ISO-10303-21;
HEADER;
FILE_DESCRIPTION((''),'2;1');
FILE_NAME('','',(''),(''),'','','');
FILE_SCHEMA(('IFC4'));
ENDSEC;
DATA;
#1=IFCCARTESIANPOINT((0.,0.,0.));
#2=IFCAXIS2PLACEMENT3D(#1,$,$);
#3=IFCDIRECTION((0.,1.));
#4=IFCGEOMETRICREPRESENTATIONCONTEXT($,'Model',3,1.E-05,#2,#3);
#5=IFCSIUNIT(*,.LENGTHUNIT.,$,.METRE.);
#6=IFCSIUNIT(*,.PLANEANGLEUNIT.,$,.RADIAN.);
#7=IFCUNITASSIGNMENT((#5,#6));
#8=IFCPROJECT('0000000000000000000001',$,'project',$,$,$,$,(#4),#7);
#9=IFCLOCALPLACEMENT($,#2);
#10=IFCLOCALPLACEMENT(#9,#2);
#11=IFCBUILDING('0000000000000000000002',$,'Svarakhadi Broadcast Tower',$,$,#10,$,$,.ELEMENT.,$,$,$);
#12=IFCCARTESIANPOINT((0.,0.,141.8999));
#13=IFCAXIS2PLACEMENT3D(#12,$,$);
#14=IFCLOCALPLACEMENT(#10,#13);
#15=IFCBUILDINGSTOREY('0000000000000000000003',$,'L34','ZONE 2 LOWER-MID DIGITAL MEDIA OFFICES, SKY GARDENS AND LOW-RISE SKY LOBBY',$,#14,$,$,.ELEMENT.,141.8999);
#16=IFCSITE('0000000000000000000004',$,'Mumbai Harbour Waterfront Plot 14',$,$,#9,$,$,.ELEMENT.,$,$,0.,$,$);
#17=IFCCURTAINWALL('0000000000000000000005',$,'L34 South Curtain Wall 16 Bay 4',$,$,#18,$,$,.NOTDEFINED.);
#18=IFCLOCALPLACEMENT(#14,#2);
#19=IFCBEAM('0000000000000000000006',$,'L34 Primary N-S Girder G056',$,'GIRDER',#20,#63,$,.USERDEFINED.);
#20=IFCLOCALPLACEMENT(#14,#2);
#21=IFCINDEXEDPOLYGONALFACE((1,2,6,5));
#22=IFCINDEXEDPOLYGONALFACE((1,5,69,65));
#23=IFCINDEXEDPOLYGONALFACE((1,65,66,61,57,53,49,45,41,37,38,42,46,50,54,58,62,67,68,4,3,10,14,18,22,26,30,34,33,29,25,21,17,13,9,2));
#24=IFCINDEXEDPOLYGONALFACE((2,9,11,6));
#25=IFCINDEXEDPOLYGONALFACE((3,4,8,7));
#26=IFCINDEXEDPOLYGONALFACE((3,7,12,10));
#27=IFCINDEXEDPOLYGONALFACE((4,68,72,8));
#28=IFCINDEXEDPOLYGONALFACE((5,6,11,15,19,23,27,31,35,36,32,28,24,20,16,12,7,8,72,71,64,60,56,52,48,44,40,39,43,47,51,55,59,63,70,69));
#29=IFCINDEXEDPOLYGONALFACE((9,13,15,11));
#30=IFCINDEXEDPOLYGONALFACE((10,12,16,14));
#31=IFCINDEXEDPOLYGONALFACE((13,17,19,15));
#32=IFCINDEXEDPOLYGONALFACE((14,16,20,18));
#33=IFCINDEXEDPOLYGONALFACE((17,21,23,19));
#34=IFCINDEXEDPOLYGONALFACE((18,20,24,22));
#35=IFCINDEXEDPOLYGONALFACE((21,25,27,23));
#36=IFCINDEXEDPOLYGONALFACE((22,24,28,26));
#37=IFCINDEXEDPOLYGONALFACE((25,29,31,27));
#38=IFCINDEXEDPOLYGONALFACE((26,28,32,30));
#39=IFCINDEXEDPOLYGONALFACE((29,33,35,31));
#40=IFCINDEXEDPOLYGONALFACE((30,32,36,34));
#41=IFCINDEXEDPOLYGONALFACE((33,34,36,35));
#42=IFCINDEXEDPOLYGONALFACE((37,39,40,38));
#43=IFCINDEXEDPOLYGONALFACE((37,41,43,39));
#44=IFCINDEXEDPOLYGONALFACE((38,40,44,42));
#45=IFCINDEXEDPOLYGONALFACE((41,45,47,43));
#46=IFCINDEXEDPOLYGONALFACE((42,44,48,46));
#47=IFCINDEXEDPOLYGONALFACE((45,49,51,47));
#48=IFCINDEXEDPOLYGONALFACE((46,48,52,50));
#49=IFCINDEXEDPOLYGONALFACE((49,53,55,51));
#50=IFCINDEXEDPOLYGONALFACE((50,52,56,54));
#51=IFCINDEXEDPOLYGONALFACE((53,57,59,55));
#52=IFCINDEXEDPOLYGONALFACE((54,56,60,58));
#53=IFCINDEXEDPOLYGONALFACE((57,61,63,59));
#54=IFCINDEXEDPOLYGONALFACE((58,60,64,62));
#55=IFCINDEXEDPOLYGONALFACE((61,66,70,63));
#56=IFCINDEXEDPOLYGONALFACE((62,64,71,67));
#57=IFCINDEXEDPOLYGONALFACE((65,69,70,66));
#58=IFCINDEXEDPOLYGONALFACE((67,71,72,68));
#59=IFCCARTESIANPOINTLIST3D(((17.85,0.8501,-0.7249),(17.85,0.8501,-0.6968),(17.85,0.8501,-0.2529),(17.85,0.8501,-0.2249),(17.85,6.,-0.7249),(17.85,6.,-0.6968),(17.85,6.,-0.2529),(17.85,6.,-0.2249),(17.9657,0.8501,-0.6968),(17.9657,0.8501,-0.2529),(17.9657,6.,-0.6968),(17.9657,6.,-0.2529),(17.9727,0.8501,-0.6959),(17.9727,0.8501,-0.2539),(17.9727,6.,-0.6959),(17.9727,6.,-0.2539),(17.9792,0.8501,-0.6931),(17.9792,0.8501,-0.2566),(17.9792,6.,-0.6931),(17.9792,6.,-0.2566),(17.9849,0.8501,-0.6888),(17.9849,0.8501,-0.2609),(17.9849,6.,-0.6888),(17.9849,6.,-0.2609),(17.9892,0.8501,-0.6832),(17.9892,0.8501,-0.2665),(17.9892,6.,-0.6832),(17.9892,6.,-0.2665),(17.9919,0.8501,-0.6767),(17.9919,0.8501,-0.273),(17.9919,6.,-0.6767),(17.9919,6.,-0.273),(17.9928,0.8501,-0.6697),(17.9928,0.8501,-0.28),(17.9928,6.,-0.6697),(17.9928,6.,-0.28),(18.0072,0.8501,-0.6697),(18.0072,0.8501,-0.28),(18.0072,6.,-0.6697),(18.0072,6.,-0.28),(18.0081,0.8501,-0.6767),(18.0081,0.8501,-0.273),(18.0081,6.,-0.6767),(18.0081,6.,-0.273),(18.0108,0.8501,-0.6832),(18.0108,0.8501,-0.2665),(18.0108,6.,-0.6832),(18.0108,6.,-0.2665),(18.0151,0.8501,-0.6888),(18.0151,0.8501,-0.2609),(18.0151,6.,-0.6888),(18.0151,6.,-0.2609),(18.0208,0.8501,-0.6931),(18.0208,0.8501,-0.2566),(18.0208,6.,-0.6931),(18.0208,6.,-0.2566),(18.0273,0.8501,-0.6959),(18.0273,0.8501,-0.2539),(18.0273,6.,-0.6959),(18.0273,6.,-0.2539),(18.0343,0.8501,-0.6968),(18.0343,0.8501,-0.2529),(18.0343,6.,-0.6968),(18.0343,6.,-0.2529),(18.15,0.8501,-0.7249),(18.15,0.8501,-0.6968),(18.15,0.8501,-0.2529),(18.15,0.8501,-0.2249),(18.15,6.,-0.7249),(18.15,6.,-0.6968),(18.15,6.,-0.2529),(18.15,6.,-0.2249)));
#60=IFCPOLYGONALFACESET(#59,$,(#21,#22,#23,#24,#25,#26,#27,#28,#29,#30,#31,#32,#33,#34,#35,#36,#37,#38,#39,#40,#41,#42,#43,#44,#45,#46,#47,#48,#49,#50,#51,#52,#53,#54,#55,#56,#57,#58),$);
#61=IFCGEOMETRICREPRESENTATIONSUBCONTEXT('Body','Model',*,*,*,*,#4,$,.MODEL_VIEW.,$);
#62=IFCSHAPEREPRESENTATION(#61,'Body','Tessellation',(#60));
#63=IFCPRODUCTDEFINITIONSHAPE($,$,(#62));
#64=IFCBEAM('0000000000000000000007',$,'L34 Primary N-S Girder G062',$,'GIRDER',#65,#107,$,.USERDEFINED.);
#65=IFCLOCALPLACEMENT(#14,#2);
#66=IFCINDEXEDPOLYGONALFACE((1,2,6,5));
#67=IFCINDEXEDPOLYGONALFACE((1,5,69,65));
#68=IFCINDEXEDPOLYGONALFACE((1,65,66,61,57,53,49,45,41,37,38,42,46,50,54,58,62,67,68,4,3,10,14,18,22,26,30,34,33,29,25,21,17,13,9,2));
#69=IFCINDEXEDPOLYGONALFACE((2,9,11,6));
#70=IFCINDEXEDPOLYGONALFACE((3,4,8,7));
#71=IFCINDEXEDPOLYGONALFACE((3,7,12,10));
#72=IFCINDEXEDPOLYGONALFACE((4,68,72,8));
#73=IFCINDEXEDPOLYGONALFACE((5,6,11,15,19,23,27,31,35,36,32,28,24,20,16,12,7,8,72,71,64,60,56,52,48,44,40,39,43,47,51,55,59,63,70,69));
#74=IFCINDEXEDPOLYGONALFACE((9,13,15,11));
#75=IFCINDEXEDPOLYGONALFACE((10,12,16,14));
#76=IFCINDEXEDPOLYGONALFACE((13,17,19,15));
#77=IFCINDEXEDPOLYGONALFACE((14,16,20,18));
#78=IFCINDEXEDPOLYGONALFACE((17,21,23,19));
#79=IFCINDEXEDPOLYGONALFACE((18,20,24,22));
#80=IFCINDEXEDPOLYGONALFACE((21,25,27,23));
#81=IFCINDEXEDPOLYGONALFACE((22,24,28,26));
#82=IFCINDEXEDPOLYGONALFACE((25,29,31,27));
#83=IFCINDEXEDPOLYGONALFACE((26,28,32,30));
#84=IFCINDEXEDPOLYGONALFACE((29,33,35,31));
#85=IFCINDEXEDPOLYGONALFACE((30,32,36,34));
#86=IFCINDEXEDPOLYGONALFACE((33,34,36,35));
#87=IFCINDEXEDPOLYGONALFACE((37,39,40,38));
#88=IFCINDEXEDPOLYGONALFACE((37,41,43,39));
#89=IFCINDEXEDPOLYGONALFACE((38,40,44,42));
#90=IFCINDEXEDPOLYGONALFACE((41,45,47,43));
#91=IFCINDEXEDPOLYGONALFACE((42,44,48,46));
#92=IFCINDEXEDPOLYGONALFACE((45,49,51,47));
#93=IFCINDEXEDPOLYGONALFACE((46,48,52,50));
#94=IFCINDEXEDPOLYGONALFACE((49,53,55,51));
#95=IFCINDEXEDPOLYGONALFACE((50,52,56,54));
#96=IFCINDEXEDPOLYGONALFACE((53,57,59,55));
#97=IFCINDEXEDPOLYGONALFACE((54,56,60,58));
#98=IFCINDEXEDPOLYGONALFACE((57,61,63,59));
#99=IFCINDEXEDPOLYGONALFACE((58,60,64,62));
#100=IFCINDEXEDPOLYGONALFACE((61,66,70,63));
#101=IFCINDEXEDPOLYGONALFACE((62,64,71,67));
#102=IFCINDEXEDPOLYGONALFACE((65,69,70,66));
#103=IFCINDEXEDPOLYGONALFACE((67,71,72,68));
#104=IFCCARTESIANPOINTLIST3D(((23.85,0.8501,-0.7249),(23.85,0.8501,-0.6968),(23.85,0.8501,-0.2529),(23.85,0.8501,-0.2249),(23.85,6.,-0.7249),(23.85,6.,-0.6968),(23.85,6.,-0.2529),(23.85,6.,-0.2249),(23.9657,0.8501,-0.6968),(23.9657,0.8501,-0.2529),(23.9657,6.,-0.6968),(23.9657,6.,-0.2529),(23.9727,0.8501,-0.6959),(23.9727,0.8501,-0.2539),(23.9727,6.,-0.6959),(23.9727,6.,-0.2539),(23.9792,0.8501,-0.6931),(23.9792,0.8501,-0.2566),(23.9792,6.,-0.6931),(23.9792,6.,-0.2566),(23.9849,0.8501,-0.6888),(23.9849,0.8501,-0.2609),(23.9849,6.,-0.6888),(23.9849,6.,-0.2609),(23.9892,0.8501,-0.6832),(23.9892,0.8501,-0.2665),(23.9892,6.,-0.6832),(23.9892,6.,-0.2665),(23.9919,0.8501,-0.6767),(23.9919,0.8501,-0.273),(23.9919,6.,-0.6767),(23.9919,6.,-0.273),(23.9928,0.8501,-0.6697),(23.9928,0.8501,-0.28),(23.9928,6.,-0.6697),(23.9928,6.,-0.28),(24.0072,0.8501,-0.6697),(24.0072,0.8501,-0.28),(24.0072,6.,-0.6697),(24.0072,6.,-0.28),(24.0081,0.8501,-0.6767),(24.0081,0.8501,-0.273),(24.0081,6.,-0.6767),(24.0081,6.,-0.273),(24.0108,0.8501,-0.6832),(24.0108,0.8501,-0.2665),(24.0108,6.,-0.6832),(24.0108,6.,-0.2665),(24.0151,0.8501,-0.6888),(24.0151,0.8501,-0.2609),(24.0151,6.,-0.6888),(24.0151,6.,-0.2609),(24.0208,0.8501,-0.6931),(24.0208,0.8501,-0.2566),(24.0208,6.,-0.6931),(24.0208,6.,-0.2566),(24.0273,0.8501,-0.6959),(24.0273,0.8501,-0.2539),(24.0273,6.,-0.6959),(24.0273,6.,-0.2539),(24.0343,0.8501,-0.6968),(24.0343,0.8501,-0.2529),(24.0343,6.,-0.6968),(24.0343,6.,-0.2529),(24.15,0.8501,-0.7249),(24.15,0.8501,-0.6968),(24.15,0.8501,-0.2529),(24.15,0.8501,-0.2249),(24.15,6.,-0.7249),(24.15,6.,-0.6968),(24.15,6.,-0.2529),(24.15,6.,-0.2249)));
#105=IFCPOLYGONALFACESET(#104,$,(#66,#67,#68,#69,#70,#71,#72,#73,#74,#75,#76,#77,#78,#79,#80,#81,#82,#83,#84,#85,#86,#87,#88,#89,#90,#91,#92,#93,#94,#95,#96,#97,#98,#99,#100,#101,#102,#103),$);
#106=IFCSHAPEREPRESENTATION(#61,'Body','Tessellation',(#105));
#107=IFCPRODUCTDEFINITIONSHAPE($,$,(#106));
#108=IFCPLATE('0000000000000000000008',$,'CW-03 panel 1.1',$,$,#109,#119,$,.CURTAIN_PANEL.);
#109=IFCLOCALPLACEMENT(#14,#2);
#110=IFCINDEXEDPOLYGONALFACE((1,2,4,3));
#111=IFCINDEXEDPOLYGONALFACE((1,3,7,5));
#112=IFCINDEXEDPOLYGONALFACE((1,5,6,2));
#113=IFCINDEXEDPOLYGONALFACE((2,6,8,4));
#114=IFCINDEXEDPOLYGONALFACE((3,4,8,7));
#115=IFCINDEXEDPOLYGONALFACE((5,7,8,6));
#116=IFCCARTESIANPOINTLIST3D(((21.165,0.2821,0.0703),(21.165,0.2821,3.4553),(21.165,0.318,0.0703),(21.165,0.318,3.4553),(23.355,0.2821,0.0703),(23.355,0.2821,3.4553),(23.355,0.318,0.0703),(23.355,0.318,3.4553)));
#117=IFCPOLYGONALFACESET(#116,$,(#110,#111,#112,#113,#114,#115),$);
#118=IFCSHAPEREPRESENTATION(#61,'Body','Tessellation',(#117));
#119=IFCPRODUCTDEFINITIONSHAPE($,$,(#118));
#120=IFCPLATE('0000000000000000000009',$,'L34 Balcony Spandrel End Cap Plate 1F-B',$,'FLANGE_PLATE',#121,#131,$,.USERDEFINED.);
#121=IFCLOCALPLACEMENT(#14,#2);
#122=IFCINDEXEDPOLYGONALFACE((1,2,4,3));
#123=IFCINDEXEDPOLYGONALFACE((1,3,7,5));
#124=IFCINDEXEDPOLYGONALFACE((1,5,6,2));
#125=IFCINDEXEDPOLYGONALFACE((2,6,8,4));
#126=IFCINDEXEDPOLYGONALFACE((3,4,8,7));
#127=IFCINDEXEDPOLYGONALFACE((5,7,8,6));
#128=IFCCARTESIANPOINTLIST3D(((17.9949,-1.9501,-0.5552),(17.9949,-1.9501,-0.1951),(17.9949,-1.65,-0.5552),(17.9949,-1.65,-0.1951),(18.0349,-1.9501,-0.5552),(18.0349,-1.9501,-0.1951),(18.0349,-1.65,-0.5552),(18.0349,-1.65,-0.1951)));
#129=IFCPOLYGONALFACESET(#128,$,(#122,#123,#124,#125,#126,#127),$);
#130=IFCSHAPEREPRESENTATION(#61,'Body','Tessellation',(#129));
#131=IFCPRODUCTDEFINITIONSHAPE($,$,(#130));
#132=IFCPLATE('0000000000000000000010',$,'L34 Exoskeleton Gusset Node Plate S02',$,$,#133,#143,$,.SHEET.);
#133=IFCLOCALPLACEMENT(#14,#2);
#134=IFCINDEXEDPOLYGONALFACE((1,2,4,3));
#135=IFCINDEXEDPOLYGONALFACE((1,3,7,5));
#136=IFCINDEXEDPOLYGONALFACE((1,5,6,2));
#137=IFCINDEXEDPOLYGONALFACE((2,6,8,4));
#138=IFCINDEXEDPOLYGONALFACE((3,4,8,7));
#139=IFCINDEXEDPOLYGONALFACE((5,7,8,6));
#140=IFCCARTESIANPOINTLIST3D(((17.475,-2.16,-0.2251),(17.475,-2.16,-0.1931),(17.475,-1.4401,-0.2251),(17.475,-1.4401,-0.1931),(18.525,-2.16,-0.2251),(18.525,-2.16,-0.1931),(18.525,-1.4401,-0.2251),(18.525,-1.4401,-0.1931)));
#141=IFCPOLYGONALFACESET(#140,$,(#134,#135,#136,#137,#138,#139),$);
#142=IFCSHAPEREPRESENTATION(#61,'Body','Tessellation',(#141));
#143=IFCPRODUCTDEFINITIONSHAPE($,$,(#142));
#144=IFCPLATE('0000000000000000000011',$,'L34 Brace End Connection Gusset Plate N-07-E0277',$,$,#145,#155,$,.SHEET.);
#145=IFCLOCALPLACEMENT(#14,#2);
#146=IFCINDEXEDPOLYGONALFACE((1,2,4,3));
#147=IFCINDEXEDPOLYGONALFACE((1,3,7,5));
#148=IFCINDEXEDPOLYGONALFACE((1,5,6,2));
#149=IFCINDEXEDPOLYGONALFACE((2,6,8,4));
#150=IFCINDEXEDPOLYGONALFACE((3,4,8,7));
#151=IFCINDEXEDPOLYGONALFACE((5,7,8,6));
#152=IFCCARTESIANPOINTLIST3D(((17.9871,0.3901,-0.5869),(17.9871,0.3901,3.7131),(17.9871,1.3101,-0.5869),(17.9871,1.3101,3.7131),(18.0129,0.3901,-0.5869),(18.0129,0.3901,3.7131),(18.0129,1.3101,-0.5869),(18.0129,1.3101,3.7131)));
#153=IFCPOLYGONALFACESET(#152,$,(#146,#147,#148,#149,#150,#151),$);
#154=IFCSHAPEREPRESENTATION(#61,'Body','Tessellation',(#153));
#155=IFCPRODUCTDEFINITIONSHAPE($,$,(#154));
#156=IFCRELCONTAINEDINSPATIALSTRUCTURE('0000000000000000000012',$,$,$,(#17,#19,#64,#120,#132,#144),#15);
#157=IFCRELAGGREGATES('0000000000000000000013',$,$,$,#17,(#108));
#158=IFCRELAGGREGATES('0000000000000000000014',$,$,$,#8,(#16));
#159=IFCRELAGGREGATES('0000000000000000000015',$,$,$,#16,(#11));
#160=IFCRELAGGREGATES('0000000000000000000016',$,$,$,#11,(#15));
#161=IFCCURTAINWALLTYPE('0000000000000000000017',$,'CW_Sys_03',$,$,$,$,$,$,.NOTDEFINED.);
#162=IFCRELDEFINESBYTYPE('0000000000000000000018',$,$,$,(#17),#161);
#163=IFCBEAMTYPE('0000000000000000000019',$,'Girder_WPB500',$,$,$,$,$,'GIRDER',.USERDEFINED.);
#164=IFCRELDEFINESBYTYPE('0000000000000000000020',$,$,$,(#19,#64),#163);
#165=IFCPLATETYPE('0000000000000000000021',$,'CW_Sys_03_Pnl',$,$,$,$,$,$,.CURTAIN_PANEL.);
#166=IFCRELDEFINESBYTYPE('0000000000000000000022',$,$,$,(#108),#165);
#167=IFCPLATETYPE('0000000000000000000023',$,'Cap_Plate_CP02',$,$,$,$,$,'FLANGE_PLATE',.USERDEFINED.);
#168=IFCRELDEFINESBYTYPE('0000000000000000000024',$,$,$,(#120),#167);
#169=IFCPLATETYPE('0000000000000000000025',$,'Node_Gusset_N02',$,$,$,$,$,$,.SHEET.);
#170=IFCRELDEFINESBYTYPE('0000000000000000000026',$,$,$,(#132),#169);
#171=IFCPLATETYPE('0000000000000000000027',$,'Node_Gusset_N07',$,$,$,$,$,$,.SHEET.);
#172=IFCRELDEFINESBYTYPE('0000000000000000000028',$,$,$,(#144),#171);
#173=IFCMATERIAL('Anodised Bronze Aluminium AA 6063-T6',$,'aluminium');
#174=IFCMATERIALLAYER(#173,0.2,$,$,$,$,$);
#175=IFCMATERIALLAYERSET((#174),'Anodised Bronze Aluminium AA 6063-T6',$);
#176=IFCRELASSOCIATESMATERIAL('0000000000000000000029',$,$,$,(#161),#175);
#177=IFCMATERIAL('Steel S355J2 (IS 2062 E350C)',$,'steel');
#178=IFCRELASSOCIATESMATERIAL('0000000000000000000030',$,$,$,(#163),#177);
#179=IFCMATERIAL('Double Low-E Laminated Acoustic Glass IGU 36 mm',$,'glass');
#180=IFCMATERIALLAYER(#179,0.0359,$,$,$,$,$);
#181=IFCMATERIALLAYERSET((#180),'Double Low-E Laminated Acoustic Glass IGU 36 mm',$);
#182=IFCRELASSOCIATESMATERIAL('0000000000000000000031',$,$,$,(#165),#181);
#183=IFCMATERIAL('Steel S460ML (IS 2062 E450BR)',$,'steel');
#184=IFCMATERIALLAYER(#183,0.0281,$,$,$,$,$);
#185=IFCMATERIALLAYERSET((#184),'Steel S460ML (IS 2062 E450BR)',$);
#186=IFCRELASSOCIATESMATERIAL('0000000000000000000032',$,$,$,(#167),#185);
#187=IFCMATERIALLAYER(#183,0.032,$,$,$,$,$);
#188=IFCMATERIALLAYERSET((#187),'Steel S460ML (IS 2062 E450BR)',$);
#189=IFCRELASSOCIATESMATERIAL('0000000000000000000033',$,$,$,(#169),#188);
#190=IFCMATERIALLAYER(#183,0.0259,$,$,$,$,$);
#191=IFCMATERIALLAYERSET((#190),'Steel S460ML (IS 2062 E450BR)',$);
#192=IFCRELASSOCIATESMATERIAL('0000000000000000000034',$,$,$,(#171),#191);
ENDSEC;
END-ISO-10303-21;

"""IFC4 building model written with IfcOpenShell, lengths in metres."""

from ifc_helpers import new_model, si_unit, direction, frame, origin, origin_2d, place, context, subcontext, project, spatial, rectangle, i_section, extrude, material, layer, layer_set, material_profile, profile_set, type_object, element, aggregate, save


model = new_model("IFC4")

# Units and contexts
model_context = context("Model", 3, precision=1e-05, world=origin(), true_north=direction((0.0, 1.0)))
body_context = subcontext(model_context, "Body", "Model", "MODEL_VIEW")
ifc_project = project(units=[si_unit("LENGTHUNIT", "METRE"), si_unit("PLANEANGLEUNIT", "RADIAN")], contexts=[model_context])

# Site, building, storey
site_placement = place(None, origin())
site = spatial("IfcSite", under=ifc_project, at=site_placement, Name="Mumbai Harbour Waterfront Plot 14", CompositionType="ELEMENT", RefElevation=0.0)
building_placement = place(site_placement, origin())
building = spatial("IfcBuilding", under=site, at=building_placement, Name="Svarakhadi Broadcast Tower", CompositionType="ELEMENT")
storey_placement = place(building_placement, frame((0.0, 0.0, 141.8999)))
storey = spatial("IfcBuildingStorey", under=building, at=storey_placement, Name="L34", Description="ZONE 2 LOWER-MID DIGITAL MEDIA OFFICES, SKY GARDENS AND LOW-RISE SKY LOBBY", CompositionType="ELEMENT", Elevation=141.8999)

# Curtain wall
ifc_material_1 = material(Name="Anodised Bronze Aluminium AA 6063-T6", Category="aluminium")
ifc_layer_1 = layer(ifc_material_1, 0.2)
ifc_layer_set_1 = layer_set([ifc_layer_1], Name="Anodised Bronze Aluminium AA 6063-T6")
curtain_wall_type = type_object("IfcCurtainWallType", Name="CW_Sys_03", PredefinedType="NOTDEFINED", material=ifc_layer_set_1)
curtain_wall_placement = place(storey_placement, origin())
curtain_wall = element("IfcCurtainWall", 1, at=curtain_wall_placement, inside=storey, type_object=curtain_wall_type, Name="L34 South Curtain Wall 16 Bay 4", PredefinedType="NOTDEFINED")

# Shared definitions
ifc_material_2 = material(Name="Steel S460ML (IS 2062 E450BR)", Category="steel")

# Beams
ifc_material_3 = material(Name="Steel S355J2 (IS 2062 E350C)", Category="steel")
ifc_material_profile_1 = material_profile(ifc_material_3, i_section(OverallWidth=0.3, OverallDepth=0.5, WebThickness=0.0144, FlangeThickness=0.0281, FilletRadius=0.0271, at=origin_2d()), Name="WPB 500x300x187")
ifc_profile_set_1 = profile_set([ifc_material_profile_1], Name="Steel S355J2 (IS 2062 E350C)")
beam_type = type_object("IfcBeamType", Name="Girder_WPB500", ElementType="GIRDER", PredefinedType="USERDEFINED", material=ifc_profile_set_1)
for number, where, z_axis, x_axis, name in (
    (2, (18.0, 0.8501, -0.4749), (0.0, 1.0, 0.0), (-1.0, 0.0, 0.0), "L34 Primary N-S Girder G056"),
    (3, (24.0, 0.8501, -0.4749), (0.0, 1.0, 0.0), (-1.0, 0.0, 0.0), "L34 Primary N-S Girder G062"),
):
    element("IfcBeam", number, at=place(storey_placement, frame(where, z_axis=z_axis, x_axis=x_axis)), inside=storey, type_object=beam_type, Name=name, ObjectType="GIRDER", PredefinedType="USERDEFINED", context=body_context, shape_type="SweptSolid", body=[
        extrude(i_section(OverallWidth=0.3, OverallDepth=0.5, WebThickness=0.0144, FlangeThickness=0.0281, FilletRadius=0.0271, at=origin_2d()), origin(), (0.0, 0.0, 1.0), 5.1499),
    ])

# Plate
ifc_material_4 = material(Name="Double Low-E Laminated Acoustic Glass IGU 36 mm", Category="glass")
ifc_layer_2 = layer(ifc_material_4, 0.0359)
ifc_layer_set_2 = layer_set([ifc_layer_2], Name="Double Low-E Laminated Acoustic Glass IGU 36 mm")
plate_type_1 = type_object("IfcPlateType", Name="CW_Sys_03_Pnl", PredefinedType="CURTAIN_PANEL", material=ifc_layer_set_2)
plate_1_placement = place(storey_placement, frame((22.26, 0.3, 0.0703), z_axis=(0.0, 0.0, 1.0), x_axis=(-1.0, 0.0, 0.0)))
plate_1 = element("IfcPlate", 4, at=plate_1_placement, type_object=plate_type_1, Name="CW-03 panel 1.1", PredefinedType="CURTAIN_PANEL", context=body_context, shape_type="SweptSolid", body=[
    extrude(rectangle(XDim=2.1899, YDim=0.0359, at=origin_2d()), origin(), (0.0, 0.0, 1.0), 3.385),
])
aggregate(curtain_wall, [plate_1])

# Plates
ifc_layer_3 = layer(ifc_material_2, 0.0281)
ifc_layer_set_3 = layer_set([ifc_layer_3], Name="Steel S460ML (IS 2062 E450BR)")
plate_type_2 = type_object("IfcPlateType", Name="Cap_Plate_CP02", ElementType="FLANGE_PLATE", PredefinedType="USERDEFINED", material=ifc_layer_set_3)
plate_2_placement = place(storey_placement, frame((18.0149, -1.8, -0.5552), z_axis=(0.0, 0.0, 1.0), x_axis=(1.0, 0.0, 0.0)))
element("IfcPlate", 5, at=plate_2_placement, inside=storey, type_object=plate_type_2, Name="L34 Balcony Spandrel End Cap Plate 1F-B", ObjectType="FLANGE_PLATE", PredefinedType="USERDEFINED", context=body_context, shape_type="SweptSolid", body=[
    extrude(rectangle(XDim=0.04, YDim=0.3, at=origin_2d()), origin(), (0.0, 0.0, 1.0), 0.3601),
])
ifc_layer_4 = layer(ifc_material_2, 0.032)
ifc_layer_set_4 = layer_set([ifc_layer_4], Name="Steel S460ML (IS 2062 E450BR)")
plate_type_3 = type_object("IfcPlateType", Name="Node_Gusset_N02", PredefinedType="SHEET", material=ifc_layer_set_4)
plate_3_placement = place(storey_placement, frame((18.0, -1.8, -0.2251), z_axis=(0.0, 0.0, 1.0), x_axis=(1.0, 0.0, 0.0)))
element("IfcPlate", 6, at=plate_3_placement, inside=storey, type_object=plate_type_3, Name="L34 Exoskeleton Gusset Node Plate S02", PredefinedType="SHEET", context=body_context, shape_type="SweptSolid", body=[
    extrude(rectangle(XDim=1.05, YDim=0.72, at=origin_2d()), origin(), (0.0, 0.0, 1.0), 0.032),
])
ifc_layer_5 = layer(ifc_material_2, 0.0259)
ifc_layer_set_5 = layer_set([ifc_layer_5], Name="Steel S460ML (IS 2062 E450BR)")
plate_type_4 = type_object("IfcPlateType", Name="Node_Gusset_N07", PredefinedType="SHEET", material=ifc_layer_set_5)
plate_4_placement = place(storey_placement, frame((18.0, 0.8501, -0.5869), z_axis=(0.0, 0.0, 1.0), x_axis=(0.0, 1.0, 0.0)))
element("IfcPlate", 7, at=plate_4_placement, inside=storey, type_object=plate_type_4, Name="L34 Brace End Connection Gusset Plate N-07-E0277", PredefinedType="SHEET", context=body_context, shape_type="SweptSolid", body=[
    extrude(rectangle(XDim=0.9199, YDim=0.0259, at=origin_2d()), origin(), (0.0, 0.0, 1.0), 4.3),
])

save(model, "model.ifc")
